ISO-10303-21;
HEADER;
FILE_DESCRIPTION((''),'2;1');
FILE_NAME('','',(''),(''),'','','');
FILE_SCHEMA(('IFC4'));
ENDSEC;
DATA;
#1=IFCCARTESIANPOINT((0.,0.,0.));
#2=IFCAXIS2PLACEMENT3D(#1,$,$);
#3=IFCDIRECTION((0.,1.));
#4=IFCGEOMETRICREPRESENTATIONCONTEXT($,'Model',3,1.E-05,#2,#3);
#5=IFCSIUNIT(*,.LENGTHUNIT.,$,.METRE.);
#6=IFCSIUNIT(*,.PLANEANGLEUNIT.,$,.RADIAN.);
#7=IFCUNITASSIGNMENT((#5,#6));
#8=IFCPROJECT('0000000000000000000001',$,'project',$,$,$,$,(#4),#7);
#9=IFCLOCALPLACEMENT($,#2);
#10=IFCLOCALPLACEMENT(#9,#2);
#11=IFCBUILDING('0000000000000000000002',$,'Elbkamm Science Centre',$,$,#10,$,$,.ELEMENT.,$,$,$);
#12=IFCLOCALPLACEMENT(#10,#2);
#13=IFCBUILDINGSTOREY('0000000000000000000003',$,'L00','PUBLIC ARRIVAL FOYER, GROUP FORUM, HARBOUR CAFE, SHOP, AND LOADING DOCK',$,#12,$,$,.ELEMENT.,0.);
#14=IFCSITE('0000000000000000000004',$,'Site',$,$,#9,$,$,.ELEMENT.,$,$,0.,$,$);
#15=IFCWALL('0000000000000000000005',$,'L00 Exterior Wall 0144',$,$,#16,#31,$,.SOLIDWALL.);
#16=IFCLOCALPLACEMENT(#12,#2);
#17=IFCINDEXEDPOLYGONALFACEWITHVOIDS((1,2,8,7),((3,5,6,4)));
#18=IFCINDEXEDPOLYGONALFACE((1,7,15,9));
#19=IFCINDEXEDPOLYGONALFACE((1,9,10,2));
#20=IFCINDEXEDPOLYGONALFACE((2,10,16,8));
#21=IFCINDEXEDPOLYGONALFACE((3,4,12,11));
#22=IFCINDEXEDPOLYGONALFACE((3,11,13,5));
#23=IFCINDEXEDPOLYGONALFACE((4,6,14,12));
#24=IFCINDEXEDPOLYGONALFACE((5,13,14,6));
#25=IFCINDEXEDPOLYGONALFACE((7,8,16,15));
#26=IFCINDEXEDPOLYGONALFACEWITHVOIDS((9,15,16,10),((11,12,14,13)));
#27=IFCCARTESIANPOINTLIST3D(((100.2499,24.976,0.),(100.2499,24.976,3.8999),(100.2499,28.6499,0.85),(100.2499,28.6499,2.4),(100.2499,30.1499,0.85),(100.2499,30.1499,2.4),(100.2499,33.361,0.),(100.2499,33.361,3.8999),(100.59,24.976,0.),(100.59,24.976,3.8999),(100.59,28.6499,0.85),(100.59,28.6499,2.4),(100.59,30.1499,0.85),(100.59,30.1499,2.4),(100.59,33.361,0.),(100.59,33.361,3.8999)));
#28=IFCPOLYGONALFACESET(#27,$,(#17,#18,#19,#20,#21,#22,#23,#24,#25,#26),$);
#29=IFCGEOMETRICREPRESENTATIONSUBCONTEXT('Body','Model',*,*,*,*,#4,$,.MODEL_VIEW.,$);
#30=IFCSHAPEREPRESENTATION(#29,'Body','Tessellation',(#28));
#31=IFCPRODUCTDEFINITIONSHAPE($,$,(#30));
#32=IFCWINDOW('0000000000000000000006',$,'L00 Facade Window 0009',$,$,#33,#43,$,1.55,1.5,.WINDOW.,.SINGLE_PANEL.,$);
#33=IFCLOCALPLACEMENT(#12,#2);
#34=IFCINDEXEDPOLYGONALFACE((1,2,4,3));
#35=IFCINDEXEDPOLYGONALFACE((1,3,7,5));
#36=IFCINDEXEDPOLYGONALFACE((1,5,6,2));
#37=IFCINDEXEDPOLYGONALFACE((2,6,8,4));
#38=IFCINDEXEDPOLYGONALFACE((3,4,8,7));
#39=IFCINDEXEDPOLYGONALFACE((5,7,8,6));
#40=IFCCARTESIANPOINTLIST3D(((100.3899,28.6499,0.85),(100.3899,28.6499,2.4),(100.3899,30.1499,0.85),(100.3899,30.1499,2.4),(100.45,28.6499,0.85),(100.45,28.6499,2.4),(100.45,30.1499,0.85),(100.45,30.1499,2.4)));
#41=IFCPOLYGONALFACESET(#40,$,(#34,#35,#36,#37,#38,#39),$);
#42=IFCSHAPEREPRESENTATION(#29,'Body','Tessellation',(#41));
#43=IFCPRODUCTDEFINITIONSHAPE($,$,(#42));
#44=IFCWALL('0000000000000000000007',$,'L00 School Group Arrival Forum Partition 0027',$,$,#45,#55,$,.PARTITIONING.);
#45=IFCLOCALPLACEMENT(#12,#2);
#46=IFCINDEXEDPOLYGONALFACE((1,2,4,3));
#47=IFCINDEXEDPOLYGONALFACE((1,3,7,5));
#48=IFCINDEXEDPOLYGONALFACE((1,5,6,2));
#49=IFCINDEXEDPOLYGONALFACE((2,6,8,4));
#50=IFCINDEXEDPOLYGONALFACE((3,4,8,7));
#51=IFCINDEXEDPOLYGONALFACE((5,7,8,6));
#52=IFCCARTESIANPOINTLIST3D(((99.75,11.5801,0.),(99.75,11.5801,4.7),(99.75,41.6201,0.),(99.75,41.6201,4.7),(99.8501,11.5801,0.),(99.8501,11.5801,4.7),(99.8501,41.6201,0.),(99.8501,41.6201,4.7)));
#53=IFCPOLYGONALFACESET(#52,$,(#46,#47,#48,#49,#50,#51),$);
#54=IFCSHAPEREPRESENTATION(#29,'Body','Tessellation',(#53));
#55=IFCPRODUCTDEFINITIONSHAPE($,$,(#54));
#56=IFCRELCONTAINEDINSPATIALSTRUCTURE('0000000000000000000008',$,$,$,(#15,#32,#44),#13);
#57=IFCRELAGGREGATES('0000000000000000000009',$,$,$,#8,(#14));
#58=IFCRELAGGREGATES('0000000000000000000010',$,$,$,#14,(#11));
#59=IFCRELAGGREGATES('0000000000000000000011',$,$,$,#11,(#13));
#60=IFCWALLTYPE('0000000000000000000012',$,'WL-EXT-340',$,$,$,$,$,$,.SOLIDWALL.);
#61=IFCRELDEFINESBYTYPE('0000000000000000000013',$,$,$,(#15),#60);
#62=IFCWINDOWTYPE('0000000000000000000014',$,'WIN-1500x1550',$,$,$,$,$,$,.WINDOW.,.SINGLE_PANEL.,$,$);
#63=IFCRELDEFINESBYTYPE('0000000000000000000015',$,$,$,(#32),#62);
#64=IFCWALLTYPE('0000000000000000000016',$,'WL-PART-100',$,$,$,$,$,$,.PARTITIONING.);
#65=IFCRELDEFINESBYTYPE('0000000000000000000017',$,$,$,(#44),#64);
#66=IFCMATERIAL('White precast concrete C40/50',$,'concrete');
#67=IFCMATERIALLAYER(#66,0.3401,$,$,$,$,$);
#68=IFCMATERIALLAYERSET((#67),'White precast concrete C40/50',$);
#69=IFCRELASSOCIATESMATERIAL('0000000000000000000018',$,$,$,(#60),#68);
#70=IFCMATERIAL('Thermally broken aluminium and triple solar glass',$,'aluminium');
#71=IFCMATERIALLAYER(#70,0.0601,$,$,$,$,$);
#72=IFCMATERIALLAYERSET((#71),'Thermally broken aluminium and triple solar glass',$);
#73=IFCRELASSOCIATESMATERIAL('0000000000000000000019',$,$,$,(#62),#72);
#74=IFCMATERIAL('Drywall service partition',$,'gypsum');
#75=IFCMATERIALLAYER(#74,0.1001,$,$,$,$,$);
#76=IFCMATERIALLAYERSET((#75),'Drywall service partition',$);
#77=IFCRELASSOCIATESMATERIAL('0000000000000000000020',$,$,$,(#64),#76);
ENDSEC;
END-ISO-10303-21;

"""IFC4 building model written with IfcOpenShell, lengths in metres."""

from ifc_helpers import new_model, si_unit, direction, frame, frame_2d, origin, place, context, subcontext, project, spatial, rectangle, extrude, material, layer, layer_set, type_object, element, fill, save


model = new_model("IFC4")

# Units and contexts
model_context = context("Model", 3, precision=1e-05, world=origin(), true_north=direction((0.0, 1.0)))
body_context = subcontext(model_context, "Body", "Model", "MODEL_VIEW")
ifc_project = project(units=[si_unit("LENGTHUNIT", "METRE"), si_unit("PLANEANGLEUNIT", "RADIAN")], contexts=[model_context])

# Site, building, storey
site_placement = place(None, origin())
site = spatial("IfcSite", under=ifc_project, at=site_placement, Name="Site", CompositionType="ELEMENT", RefElevation=0.0)
building_placement = place(site_placement, origin())
building = spatial("IfcBuilding", under=site, at=building_placement, Name="Elbkamm Science Centre", CompositionType="ELEMENT")
storey_placement = place(building_placement, origin())
storey = spatial("IfcBuildingStorey", under=building, at=storey_placement, Name="L00", Description="PUBLIC ARRIVAL FOYER, GROUP FORUM, HARBOUR CAFE, SHOP, AND LOADING DOCK", CompositionType="ELEMENT", Elevation=0.0)

# Wall, opening, window
ifc_material_1 = material(Name="White precast concrete C40/50", Category="concrete")
ifc_material_2 = material(Name="Thermally broken aluminium and triple solar glass", Category="aluminium")
ifc_layer_1 = layer(ifc_material_1, 0.3401)
ifc_layer_set_1 = layer_set([ifc_layer_1], Name="White precast concrete C40/50")
wall_type_1 = type_object("IfcWallType", Name="WL-EXT-340", PredefinedType="SOLIDWALL", material=ifc_layer_set_1)
wall_1_placement = place(storey_placement, frame((100.4199, 33.3608, 0.0), z_axis=(0.0, 0.0, 1.0), x_axis=(0.0, -1.0, 0.0)))
wall_1 = element("IfcWall", 1, at=wall_1_placement, inside=storey, type_object=wall_type_1, Name="L00 Exterior Wall 0144", PredefinedType="SOLIDWALL", context=body_context, shape_type="SweptSolid", body=[
    extrude(rectangle(XDim=8.385, YDim=0.3401, at=frame_2d((4.1924, 0.0))), origin(), (0.0, 0.0, 1.0), 3.8999),
])
opening_1_placement = place(wall_1_placement, frame((3.2109, 0.0, 0.8501)))
opening_1 = element("IfcOpeningElement", 2, at=opening_1_placement, cuts=wall_1, PredefinedType="OPENING", context=body_context, shape_type="SweptSolid", body=[
    extrude(rectangle(XDim=1.5, YDim=1.55, at=frame_2d((0.75, 0.7749))), frame((0.0, 0.1821, 0.0), z_axis=(0.0, -1.0, 0.0), x_axis=(1.0, 0.0, 0.0)), (0.0, 0.0, 1.0), 0.364),
])
ifc_layer_2 = layer(ifc_material_2, 0.0601)
ifc_layer_set_2 = layer_set([ifc_layer_2], Name="Thermally broken aluminium and triple solar glass")
window_type_1 = type_object("IfcWindowType", Name="WIN-1500x1550", PartitioningType="SINGLE_PANEL", PredefinedType="WINDOW", material=ifc_layer_set_2)
window_1_placement = place(opening_1_placement, origin())
window_1 = element("IfcWindow", 3, at=window_1_placement, inside=storey, type_object=window_type_1, Name="L00 Facade Window 0009", OverallHeight=1.55, OverallWidth=1.5, PartitioningType="SINGLE_PANEL", PredefinedType="WINDOW", context=body_context, shape_type="SweptSolid", body=[
    extrude(rectangle(XDim=1.5, YDim=1.55, at=frame_2d((0.75, 0.7749))), frame((0.0, 0.03, 0.0), z_axis=(0.0, -1.0, 0.0), x_axis=(1.0, 0.0, 0.0)), (0.0, 0.0, 1.0), 0.0601),
])
fill(opening_1, window_1)

# Wall
ifc_material_3 = material(Name="Drywall service partition", Category="gypsum")
ifc_layer_3 = layer(ifc_material_3, 0.1001)
ifc_layer_set_3 = layer_set([ifc_layer_3], Name="Drywall service partition")
wall_type_2 = type_object("IfcWallType", Name="WL-PART-100", PredefinedType="PARTITIONING", material=ifc_layer_set_3)
wall_2_placement = place(storey_placement, frame((99.8, 41.6201, 0.0), z_axis=(0.0, 0.0, 1.0), x_axis=(0.0, -1.0, 0.0)))
element("IfcWall", 4, at=wall_2_placement, inside=storey, type_object=wall_type_2, Name="L00 School Group Arrival Forum Partition 0027", PredefinedType="PARTITIONING", context=body_context, shape_type="SweptSolid", body=[
    extrude(rectangle(XDim=30.04, YDim=0.1001, at=frame_2d((15.02, 0.0))), origin(), (0.0, 0.0, 1.0), 4.7),
])

save(model, "model.ifc")
